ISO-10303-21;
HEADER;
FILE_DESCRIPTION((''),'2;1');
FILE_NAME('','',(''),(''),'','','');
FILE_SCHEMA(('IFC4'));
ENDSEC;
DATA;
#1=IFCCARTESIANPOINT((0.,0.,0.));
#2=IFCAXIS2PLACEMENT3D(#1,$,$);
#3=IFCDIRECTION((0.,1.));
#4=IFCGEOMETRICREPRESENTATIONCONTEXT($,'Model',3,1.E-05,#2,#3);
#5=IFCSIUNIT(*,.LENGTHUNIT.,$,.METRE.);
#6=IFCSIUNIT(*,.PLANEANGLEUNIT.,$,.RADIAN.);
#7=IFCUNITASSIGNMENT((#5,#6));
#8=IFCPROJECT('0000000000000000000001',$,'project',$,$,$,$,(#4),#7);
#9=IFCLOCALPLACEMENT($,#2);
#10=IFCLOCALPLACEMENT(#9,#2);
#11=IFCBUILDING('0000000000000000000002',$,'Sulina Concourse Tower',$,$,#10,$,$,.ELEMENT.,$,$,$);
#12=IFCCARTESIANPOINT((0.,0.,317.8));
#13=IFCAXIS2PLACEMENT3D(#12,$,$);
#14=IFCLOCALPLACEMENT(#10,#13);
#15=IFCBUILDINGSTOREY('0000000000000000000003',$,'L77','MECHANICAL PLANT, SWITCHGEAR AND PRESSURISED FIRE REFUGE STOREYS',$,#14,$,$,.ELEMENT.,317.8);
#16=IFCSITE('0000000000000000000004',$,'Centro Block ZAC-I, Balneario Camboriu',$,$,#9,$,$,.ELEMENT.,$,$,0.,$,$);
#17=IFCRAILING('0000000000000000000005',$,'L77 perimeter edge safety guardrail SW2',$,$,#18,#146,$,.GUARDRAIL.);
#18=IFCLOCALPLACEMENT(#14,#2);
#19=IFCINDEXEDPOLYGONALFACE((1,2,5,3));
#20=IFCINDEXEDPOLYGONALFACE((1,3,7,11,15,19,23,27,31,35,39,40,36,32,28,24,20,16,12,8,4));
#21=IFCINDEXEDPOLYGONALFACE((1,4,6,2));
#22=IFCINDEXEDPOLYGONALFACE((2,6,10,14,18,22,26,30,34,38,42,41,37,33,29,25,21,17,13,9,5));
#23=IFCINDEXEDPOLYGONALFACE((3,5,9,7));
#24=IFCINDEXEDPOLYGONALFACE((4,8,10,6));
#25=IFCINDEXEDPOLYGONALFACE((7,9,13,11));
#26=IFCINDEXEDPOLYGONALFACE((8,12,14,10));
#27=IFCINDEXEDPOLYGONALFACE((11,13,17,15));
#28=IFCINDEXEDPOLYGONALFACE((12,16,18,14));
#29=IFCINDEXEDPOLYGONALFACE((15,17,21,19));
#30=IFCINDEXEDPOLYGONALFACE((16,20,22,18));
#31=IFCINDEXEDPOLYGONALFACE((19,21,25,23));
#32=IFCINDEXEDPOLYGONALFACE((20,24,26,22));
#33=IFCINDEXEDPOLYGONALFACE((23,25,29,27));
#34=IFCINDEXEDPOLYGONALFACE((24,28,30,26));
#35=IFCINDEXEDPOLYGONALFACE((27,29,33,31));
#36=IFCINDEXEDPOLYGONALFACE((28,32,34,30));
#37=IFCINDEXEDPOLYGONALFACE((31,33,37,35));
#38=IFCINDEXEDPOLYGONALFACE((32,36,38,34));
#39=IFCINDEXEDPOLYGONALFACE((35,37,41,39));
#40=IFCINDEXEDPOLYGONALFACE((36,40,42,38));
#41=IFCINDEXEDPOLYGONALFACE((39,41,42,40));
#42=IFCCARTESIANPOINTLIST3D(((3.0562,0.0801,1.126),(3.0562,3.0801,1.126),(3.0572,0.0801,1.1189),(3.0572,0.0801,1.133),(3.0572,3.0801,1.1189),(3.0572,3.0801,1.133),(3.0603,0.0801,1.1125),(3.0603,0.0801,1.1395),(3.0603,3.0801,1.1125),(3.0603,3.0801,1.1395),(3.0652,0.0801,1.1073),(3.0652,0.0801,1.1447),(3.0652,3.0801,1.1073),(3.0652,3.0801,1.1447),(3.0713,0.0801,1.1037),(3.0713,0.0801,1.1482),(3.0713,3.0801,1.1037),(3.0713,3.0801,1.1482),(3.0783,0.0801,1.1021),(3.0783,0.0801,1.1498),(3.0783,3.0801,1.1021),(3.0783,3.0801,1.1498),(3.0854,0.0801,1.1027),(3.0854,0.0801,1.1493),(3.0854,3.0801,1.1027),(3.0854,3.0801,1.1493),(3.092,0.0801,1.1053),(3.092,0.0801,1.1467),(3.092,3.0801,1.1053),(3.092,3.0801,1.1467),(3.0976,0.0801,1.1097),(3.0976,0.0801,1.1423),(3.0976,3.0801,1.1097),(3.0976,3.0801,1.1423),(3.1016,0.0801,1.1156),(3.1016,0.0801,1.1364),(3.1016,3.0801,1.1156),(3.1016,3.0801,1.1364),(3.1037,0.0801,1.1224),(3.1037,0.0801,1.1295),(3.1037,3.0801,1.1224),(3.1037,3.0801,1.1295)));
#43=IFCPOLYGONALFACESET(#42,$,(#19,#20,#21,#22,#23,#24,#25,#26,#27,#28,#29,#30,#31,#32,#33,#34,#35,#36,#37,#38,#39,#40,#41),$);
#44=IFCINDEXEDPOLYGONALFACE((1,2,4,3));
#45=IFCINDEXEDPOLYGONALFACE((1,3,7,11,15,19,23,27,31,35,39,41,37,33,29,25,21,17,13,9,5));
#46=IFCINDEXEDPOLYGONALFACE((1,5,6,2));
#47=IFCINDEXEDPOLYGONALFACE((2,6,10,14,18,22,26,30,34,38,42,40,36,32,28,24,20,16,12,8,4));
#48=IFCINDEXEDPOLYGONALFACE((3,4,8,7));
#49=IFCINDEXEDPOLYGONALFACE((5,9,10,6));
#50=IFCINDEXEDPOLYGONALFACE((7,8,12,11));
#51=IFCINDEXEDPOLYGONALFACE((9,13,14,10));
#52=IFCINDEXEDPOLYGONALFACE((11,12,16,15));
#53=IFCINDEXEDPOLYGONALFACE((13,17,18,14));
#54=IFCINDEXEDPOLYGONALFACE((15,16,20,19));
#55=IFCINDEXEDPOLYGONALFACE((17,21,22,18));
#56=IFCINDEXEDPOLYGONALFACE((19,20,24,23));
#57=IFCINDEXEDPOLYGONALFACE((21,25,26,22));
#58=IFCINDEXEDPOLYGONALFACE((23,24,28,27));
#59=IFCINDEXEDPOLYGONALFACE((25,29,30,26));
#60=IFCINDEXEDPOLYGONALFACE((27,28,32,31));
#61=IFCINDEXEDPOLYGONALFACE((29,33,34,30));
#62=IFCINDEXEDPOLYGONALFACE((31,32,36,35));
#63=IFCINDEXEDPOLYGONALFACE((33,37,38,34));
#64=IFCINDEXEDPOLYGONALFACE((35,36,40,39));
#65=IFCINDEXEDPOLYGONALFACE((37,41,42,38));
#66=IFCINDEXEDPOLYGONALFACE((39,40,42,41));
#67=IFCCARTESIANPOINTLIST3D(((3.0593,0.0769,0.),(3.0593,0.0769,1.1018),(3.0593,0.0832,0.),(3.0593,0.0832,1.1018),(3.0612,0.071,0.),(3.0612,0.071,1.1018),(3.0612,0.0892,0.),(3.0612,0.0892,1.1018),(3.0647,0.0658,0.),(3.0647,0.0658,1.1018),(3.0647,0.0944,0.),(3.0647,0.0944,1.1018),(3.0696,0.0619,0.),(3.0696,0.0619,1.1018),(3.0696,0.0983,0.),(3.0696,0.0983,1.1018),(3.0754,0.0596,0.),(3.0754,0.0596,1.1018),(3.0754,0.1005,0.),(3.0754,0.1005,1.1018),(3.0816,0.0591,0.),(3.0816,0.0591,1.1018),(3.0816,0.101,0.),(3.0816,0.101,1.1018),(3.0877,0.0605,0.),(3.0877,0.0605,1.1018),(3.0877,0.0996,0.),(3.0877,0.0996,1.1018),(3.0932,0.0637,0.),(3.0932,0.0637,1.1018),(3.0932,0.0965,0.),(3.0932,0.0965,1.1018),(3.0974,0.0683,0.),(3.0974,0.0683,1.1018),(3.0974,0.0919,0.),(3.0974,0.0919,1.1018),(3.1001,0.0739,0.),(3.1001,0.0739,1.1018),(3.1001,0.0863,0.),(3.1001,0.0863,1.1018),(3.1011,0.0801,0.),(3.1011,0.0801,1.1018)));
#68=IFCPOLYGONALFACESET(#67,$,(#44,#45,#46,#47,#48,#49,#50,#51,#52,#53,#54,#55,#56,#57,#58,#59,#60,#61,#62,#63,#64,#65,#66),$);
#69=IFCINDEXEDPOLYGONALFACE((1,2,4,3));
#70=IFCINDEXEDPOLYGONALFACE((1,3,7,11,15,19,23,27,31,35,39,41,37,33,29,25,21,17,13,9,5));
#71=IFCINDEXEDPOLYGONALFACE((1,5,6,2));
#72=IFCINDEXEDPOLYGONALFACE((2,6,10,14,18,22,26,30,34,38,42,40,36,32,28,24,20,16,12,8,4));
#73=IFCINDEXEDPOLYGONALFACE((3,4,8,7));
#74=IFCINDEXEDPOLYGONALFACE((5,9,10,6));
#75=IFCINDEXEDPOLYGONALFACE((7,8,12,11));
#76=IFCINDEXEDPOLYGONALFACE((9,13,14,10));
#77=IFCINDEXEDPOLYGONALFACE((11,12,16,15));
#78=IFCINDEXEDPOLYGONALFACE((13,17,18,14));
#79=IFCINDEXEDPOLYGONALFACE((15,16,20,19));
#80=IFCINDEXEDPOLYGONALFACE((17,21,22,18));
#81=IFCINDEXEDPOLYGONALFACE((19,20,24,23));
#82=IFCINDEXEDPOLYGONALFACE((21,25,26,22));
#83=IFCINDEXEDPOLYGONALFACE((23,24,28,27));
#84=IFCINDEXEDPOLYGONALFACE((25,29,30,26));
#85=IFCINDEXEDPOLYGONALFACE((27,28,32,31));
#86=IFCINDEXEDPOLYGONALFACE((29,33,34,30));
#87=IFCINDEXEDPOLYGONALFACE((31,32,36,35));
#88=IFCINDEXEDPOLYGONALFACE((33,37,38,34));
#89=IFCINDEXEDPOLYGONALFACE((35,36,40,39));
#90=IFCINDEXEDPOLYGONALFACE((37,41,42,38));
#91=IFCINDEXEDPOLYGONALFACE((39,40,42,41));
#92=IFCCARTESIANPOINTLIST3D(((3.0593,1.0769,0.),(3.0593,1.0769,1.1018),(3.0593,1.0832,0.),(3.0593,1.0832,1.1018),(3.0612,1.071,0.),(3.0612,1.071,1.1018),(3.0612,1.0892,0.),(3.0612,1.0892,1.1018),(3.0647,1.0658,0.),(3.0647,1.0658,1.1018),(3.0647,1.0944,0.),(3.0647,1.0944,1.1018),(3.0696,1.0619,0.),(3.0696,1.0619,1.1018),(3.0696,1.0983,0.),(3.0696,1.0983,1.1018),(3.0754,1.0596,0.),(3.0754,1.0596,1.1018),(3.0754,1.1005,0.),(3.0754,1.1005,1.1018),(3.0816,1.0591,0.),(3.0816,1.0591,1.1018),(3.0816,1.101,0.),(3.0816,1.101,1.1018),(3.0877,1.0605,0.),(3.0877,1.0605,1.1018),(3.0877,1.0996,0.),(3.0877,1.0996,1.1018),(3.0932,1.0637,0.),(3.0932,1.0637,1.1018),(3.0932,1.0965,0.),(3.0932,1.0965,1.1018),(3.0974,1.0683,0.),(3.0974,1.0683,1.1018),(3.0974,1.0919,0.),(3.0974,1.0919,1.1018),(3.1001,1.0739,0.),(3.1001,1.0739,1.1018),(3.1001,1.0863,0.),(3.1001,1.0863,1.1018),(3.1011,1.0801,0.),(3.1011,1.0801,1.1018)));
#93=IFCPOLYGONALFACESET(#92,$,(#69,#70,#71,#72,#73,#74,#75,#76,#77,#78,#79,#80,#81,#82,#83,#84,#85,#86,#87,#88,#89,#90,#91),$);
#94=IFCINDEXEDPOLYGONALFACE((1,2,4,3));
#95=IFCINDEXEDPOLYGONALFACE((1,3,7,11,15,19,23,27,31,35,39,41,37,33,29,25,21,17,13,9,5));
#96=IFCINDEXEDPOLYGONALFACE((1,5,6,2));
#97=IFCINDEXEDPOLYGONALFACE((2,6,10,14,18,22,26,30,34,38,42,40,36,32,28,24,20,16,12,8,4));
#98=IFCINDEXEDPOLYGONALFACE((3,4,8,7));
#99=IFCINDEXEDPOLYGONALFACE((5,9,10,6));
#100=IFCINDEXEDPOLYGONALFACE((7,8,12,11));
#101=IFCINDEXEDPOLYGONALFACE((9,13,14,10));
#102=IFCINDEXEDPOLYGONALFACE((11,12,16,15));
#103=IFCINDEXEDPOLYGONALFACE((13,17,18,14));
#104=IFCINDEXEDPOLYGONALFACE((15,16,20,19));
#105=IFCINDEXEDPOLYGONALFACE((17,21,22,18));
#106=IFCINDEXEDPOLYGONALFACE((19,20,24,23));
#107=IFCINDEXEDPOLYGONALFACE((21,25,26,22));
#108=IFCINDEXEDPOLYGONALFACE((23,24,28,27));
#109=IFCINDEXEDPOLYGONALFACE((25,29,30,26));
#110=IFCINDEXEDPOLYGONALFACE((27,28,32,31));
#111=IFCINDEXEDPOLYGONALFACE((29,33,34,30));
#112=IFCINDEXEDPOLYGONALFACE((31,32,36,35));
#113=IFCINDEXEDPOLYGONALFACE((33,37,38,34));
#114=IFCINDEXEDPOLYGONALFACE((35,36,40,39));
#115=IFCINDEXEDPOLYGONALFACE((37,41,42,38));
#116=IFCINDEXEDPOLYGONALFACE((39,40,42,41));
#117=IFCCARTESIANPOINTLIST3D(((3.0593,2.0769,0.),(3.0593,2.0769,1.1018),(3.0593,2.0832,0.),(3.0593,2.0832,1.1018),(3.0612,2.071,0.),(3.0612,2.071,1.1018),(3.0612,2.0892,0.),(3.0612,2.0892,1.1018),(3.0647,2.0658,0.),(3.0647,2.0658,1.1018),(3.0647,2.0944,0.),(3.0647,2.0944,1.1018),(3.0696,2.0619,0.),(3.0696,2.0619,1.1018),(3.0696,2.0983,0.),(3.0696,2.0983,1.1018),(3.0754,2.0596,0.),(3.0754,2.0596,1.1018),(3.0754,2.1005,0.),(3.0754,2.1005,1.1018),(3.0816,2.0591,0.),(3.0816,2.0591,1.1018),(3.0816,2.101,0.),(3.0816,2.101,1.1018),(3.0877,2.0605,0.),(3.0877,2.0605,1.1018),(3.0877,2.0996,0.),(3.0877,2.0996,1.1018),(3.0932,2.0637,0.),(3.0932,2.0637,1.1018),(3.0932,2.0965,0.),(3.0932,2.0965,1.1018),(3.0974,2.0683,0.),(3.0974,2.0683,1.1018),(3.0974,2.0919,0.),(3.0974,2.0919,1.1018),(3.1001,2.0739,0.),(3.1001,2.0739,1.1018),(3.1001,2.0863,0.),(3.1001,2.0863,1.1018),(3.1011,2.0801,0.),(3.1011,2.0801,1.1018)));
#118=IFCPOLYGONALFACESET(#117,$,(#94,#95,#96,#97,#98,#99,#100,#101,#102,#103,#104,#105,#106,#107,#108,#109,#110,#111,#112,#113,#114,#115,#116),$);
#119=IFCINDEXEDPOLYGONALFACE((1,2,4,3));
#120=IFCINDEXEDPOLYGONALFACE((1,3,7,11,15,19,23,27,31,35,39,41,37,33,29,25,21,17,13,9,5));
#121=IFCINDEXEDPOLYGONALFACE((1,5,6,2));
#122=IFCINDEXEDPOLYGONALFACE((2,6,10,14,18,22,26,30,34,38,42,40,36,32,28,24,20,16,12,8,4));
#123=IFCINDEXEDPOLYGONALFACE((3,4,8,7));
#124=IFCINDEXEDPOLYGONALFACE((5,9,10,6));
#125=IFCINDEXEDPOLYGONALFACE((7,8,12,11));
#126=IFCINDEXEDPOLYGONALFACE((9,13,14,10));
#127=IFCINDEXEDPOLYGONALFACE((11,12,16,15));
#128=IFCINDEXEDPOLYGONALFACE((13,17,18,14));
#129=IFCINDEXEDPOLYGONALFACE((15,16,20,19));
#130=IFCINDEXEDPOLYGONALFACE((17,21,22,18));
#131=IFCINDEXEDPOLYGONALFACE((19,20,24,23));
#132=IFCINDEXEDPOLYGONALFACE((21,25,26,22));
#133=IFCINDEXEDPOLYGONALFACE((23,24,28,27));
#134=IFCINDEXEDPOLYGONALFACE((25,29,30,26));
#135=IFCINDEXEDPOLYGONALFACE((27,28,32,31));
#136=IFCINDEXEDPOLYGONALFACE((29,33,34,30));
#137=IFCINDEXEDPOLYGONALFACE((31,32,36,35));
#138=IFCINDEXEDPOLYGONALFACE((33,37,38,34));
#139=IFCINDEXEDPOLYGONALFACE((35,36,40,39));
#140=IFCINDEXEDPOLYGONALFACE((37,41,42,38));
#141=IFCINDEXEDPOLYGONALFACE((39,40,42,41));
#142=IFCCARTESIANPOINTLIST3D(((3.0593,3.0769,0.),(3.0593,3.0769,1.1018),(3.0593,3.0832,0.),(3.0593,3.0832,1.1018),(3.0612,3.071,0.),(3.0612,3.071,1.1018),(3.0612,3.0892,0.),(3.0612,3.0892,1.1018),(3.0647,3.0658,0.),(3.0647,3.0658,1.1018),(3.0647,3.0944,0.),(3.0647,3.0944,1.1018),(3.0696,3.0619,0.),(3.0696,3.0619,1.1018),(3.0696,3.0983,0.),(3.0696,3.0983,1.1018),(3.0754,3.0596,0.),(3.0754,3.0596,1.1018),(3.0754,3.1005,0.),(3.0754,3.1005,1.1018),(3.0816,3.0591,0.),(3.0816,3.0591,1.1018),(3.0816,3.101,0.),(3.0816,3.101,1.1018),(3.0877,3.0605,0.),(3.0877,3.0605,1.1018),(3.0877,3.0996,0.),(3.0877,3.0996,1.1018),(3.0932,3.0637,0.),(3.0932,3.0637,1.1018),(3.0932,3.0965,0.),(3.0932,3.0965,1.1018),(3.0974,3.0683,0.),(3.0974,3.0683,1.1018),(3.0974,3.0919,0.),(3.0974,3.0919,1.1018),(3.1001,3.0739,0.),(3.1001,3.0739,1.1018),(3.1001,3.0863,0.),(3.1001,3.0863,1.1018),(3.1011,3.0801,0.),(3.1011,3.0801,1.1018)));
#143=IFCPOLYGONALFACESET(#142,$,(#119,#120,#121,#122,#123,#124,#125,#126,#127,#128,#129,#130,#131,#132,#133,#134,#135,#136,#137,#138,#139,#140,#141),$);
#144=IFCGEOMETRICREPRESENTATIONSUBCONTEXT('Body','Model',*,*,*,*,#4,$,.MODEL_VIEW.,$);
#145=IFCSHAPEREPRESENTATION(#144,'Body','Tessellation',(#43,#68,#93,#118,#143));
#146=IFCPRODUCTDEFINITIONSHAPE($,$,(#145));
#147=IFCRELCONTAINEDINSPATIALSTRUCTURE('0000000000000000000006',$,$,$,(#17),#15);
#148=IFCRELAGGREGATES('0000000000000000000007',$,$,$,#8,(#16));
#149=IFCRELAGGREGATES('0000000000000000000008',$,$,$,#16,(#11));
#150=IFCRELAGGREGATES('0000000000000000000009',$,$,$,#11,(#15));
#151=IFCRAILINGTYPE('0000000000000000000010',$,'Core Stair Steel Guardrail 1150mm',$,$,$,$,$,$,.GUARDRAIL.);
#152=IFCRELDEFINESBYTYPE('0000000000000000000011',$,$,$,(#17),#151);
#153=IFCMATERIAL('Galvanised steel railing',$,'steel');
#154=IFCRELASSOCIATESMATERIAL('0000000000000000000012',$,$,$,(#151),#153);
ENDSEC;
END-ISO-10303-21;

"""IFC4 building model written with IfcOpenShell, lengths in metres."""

from ifc_helpers import new_model, si_unit, direction, frame, origin, origin_2d, place, context, subcontext, project, spatial, circle, extrude, material, type_object, element, save


model = new_model("IFC4")

# Units and contexts
model_context = context("Model", 3, precision=1e-05, world=origin(), true_north=direction((0.0, 1.0)))
body_context = subcontext(model_context, "Body", "Model", "MODEL_VIEW")
ifc_project = project(units=[si_unit("LENGTHUNIT", "METRE"), si_unit("PLANEANGLEUNIT", "RADIAN")], contexts=[model_context])

# Site, building, storey
site_placement = place(None, origin())
site = spatial("IfcSite", under=ifc_project, at=site_placement, Name="Centro Block ZAC-I, Balneario Camboriu", CompositionType="ELEMENT", RefElevation=0.0)
building_placement = place(site_placement, origin())
building = spatial("IfcBuilding", under=site, at=building_placement, Name="Sulina Concourse Tower", CompositionType="ELEMENT")
storey_placement = place(building_placement, frame((0.0, 0.0, 317.8)))
storey = spatial("IfcBuildingStorey", under=building, at=storey_placement, Name="L77", Description="MECHANICAL PLANT, SWITCHGEAR AND PRESSURISED FIRE REFUGE STOREYS", CompositionType="ELEMENT", Elevation=317.8)

# Railing
ifc_material_1 = material(Name="Galvanised steel railing", Category="steel")
railing_type = type_object("IfcRailingType", Name="Core Stair Steel Guardrail 1150mm", PredefinedType="GUARDRAIL", material=ifc_material_1)
railing_1_placement = place(storey_placement, frame((3.0801, 0.0801, 0.0)))
element("IfcRailing", 1, at=railing_1_placement, inside=storey, type_object=railing_type, Name="L77 perimeter edge safety guardrail SW2", PredefinedType="GUARDRAIL", context=body_context, shape_type="SweptSolid", body=[
    extrude(circle(Radius=0.0239, at=origin_2d()), frame((0.0, 0.0, 1.126), z_axis=(0.0, 1.0, 0.0), x_axis=(-1.0, 0.0, 0.0)), (0.0, 0.0, 1.0), 3.0),
    extrude(circle(Radius=0.021, at=origin_2d()), origin(), (0.0, 0.0, 1.0), 1.1018),
    extrude(circle(Radius=0.021, at=origin_2d()), frame((0.0, 1.0, 0.0)), (0.0, 0.0, 1.0), 1.1018),
    extrude(circle(Radius=0.021, at=origin_2d()), frame((0.0, 2.0, 0.0)), (0.0, 0.0, 1.0), 1.1018),
    extrude(circle(Radius=0.021, at=origin_2d()), frame((0.0, 3.0, 0.0)), (0.0, 0.0, 1.0), 1.1018),
])

save(model, "model.ifc")
